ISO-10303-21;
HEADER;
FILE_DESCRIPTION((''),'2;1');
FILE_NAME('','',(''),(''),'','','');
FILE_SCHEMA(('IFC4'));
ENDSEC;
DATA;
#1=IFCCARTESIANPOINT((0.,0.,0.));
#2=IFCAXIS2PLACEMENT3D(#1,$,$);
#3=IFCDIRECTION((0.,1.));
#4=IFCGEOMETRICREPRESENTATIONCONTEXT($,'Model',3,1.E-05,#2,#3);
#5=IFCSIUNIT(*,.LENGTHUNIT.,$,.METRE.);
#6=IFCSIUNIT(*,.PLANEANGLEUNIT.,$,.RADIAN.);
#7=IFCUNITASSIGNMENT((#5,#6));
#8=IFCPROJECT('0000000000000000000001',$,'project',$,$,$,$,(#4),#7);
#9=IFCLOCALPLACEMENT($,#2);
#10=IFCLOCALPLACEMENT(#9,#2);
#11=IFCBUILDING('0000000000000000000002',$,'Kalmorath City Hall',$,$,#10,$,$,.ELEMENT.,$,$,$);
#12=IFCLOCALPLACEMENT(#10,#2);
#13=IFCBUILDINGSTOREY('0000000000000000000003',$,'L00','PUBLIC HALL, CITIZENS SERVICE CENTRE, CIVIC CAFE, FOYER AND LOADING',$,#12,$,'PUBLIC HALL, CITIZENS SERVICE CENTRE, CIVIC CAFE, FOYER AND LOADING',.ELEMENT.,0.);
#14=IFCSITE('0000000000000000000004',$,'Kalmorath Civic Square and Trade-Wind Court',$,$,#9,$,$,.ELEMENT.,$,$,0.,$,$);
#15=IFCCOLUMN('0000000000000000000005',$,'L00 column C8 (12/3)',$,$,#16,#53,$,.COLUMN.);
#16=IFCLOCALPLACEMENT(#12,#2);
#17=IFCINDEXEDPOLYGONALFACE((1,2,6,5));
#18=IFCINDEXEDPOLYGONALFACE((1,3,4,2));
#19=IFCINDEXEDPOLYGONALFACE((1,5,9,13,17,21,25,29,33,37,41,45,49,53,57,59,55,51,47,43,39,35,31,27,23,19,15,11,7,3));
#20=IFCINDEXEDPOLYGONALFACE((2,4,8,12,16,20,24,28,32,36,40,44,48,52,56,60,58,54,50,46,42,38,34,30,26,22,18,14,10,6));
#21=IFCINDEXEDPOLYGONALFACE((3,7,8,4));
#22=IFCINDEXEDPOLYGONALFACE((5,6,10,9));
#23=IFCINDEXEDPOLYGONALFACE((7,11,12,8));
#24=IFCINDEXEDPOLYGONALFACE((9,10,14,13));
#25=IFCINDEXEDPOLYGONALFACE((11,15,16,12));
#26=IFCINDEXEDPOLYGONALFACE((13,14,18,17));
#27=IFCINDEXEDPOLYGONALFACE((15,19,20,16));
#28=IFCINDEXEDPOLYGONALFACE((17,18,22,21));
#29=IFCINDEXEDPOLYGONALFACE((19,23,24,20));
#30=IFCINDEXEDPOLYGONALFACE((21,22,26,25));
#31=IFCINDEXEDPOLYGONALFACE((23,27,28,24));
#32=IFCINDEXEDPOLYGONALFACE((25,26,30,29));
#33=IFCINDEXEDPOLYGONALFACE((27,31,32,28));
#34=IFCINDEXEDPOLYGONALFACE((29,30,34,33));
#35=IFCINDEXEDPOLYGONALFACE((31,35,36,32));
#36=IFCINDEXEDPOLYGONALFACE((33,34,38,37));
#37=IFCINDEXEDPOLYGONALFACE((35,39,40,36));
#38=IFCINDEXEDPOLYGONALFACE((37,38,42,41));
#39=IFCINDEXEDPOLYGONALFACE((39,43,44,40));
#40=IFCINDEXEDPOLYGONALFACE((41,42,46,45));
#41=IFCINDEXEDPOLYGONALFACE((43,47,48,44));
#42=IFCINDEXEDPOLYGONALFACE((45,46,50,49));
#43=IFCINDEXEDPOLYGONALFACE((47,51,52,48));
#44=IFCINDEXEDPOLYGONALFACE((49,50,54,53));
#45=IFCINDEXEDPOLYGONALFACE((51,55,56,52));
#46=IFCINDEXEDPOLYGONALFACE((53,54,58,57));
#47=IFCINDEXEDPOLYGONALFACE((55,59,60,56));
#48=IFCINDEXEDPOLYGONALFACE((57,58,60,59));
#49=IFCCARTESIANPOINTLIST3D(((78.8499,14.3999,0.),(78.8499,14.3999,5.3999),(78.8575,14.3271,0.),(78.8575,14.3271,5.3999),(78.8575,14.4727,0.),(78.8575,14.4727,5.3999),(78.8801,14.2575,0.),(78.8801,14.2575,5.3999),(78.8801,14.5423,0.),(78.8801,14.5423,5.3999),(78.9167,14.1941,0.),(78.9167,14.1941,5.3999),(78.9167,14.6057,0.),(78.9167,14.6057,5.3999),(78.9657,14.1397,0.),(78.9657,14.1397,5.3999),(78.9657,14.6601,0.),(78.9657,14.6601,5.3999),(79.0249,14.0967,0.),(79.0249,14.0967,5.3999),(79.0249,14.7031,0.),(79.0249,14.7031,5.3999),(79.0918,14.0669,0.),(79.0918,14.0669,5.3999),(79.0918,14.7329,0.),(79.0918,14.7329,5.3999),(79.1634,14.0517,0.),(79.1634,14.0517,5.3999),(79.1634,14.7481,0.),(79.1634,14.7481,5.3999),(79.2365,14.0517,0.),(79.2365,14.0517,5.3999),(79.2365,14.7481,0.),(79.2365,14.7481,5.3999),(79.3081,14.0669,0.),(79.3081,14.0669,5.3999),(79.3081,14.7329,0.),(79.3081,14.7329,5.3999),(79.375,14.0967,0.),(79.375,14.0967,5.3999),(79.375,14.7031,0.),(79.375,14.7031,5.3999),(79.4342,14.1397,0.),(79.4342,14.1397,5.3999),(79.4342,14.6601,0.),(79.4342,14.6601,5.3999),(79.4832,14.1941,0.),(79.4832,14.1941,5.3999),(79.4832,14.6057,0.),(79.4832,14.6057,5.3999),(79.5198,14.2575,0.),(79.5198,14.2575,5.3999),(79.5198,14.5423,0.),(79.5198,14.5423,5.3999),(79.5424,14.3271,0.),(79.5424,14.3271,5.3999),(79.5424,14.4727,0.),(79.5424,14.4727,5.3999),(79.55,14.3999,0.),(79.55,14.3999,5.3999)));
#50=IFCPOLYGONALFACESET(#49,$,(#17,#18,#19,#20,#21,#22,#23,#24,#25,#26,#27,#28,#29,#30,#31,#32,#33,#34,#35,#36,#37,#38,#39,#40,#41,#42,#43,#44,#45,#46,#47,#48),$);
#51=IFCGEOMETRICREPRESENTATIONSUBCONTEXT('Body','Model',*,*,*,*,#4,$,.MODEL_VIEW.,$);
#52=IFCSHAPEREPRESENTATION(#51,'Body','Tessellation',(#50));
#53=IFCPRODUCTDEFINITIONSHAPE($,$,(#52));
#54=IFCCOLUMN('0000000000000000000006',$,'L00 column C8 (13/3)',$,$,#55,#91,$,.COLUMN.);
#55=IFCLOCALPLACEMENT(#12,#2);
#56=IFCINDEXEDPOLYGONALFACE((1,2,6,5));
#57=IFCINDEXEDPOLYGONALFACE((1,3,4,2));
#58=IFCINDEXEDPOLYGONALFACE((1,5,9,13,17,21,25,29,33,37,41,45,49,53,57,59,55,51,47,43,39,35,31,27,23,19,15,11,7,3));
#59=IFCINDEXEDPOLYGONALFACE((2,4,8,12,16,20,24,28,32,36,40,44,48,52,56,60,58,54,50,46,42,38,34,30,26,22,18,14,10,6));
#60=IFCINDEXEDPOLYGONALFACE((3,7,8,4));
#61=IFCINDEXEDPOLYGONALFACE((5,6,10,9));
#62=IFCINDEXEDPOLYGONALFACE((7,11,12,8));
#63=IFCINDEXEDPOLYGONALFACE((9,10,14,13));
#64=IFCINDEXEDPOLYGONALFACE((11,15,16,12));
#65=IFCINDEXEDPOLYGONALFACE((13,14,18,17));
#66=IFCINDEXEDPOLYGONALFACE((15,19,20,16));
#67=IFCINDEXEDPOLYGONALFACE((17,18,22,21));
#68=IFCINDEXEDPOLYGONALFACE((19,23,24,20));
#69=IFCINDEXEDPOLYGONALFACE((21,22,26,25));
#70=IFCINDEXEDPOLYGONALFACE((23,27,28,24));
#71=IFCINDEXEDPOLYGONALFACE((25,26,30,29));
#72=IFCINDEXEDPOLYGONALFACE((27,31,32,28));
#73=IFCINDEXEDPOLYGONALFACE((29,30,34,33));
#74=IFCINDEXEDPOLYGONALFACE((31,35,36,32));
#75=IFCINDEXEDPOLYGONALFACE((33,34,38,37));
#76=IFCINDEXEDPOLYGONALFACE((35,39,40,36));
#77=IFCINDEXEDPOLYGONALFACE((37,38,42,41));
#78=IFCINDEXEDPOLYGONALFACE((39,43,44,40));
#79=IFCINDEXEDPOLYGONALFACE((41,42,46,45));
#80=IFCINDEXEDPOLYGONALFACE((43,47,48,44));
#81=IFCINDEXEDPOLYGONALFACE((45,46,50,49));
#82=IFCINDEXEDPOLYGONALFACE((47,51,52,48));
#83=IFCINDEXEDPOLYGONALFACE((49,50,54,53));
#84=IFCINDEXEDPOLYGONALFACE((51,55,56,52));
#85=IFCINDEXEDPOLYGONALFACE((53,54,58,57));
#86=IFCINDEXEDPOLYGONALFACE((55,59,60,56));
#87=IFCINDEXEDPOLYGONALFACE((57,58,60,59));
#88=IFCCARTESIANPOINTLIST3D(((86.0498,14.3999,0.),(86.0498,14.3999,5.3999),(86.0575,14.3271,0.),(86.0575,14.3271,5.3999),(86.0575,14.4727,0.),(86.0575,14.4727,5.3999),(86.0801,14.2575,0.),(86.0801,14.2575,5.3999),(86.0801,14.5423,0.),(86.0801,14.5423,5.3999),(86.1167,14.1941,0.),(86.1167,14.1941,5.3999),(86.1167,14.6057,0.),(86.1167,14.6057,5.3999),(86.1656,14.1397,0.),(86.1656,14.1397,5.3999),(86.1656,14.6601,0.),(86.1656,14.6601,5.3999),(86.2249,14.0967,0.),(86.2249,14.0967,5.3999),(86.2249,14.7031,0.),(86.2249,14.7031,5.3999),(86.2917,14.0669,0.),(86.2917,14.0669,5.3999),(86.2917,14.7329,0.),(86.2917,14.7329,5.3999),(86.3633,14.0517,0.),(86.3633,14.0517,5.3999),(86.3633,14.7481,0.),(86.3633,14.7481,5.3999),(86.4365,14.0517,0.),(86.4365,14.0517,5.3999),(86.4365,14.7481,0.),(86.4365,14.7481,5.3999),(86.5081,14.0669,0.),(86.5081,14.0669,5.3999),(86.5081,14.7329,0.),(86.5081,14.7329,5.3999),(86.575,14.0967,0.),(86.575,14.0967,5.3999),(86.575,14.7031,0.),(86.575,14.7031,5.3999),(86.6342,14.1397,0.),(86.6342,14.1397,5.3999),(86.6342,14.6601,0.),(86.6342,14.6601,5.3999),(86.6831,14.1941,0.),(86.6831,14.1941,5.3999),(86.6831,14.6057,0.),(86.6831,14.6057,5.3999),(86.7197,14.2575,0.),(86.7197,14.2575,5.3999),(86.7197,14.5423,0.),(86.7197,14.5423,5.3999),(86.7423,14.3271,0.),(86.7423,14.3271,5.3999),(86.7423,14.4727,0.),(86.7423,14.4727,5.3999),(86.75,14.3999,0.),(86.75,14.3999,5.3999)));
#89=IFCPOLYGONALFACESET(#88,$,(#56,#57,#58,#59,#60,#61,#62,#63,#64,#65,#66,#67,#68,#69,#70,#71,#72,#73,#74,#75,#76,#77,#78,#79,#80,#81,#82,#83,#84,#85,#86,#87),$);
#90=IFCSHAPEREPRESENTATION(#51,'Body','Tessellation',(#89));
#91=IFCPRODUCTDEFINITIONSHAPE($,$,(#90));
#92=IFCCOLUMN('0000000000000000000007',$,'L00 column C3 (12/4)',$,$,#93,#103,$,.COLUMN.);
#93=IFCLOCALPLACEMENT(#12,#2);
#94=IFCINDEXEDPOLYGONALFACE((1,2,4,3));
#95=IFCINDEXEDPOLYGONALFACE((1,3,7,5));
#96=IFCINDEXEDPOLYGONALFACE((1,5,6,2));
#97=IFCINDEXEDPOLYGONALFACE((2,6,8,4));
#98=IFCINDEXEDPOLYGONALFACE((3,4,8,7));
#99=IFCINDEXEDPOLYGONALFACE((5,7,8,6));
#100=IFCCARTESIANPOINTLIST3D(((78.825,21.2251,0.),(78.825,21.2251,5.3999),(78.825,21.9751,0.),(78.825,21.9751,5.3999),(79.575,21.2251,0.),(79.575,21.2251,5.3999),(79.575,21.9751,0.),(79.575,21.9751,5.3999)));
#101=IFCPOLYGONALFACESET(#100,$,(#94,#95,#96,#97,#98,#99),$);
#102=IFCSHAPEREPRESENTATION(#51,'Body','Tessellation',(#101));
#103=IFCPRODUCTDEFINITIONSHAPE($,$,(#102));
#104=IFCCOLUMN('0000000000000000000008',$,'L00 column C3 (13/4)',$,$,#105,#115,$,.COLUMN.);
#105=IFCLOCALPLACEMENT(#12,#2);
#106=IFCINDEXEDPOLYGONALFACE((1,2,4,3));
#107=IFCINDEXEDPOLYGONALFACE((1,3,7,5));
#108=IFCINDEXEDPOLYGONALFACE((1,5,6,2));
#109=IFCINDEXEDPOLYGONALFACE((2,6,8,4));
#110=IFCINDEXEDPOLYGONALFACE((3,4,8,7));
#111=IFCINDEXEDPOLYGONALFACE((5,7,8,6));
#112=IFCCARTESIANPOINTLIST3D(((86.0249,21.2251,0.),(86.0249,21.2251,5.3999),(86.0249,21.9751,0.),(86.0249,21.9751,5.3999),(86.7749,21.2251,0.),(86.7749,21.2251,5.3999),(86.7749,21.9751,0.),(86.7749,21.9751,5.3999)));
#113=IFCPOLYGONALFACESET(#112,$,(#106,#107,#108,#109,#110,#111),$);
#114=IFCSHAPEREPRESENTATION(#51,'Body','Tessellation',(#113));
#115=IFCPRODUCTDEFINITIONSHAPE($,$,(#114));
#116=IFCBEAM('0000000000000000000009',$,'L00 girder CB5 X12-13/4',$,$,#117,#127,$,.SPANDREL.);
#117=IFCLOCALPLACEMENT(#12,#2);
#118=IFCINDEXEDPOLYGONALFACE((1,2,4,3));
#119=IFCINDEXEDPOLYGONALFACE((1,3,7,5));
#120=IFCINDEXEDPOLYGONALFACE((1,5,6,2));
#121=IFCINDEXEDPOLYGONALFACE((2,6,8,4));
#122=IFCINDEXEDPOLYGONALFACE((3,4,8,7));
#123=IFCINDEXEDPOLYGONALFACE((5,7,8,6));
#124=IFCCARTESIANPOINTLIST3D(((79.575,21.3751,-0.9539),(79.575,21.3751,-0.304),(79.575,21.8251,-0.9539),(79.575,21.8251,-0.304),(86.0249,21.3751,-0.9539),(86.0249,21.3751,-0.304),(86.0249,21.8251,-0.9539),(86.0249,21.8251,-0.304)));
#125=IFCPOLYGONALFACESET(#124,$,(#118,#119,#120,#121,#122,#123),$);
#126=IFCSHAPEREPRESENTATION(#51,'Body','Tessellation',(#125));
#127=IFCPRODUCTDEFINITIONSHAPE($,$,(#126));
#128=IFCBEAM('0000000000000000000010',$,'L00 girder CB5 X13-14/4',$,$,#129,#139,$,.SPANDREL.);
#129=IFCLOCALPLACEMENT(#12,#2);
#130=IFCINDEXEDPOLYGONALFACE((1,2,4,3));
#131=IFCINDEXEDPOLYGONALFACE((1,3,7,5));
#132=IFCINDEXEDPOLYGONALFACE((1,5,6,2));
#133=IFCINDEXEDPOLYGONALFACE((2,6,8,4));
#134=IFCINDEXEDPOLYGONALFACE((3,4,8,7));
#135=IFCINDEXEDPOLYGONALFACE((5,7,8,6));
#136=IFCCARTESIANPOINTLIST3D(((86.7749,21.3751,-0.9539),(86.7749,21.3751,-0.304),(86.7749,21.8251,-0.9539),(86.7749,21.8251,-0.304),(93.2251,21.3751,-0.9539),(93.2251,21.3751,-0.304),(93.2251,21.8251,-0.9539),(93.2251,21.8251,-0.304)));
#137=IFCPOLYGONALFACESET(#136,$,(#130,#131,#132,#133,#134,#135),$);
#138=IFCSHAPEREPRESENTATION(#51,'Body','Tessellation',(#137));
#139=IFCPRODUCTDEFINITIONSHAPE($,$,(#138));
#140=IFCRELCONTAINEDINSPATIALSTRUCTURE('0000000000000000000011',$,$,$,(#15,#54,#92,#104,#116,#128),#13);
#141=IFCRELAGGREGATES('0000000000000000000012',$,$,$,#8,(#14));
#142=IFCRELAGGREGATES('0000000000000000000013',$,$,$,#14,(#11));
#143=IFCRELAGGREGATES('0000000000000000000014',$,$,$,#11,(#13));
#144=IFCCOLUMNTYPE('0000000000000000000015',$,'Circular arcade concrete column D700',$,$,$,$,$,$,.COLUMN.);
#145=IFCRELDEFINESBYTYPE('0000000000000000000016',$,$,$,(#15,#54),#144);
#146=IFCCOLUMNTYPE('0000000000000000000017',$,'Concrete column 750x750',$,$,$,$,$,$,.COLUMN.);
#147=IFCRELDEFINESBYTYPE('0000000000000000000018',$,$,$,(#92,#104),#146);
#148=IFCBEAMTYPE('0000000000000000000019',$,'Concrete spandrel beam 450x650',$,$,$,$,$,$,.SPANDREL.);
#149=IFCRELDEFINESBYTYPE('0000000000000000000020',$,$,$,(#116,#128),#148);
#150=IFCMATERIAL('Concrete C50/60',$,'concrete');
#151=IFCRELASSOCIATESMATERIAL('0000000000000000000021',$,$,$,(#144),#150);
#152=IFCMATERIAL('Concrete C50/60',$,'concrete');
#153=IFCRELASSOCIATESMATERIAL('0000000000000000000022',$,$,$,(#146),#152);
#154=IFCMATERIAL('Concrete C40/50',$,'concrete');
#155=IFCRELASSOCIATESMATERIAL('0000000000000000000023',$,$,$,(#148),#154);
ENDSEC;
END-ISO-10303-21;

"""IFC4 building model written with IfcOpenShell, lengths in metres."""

from ifc_helpers import new_model, si_unit, direction, frame, origin, origin_2d, place, context, subcontext, project, spatial, rectangle, circle, extrude, material, material_profile, profile_set, type_object, element, save


model = new_model("IFC4")

# Units and contexts
model_context = context("Model", 3, precision=1e-05, world=origin(), true_north=direction((0.0, 1.0)))
body_context = subcontext(model_context, "Body", "Model", "MODEL_VIEW")
ifc_project = project(units=[si_unit("LENGTHUNIT", "METRE"), si_unit("PLANEANGLEUNIT", "RADIAN")], contexts=[model_context])

# Site, building, storey
site_placement = place(None, origin())
site = spatial("IfcSite", under=ifc_project, at=site_placement, Name="Kalmorath Civic Square and Trade-Wind Court", CompositionType="ELEMENT", RefElevation=0.0)
building_placement = place(site_placement, origin())
building = spatial("IfcBuilding", under=site, at=building_placement, Name="Kalmorath City Hall", CompositionType="ELEMENT")
storey_placement = place(building_placement, origin())
storey = spatial("IfcBuildingStorey", under=building, at=storey_placement, Name="L00", Description="PUBLIC HALL, CITIZENS SERVICE CENTRE, CIVIC CAFE, FOYER AND LOADING", LongName="PUBLIC HALL, CITIZENS SERVICE CENTRE, CIVIC CAFE, FOYER AND LOADING", CompositionType="ELEMENT", Elevation=0.0)

# Columns
ifc_material_1 = material(Name="Concrete C50/60", Category="concrete")
ifc_material_profile_1 = material_profile(ifc_material_1, circle(Radius=0.3501, at=origin_2d()), Name="RC-COL-D700")
ifc_profile_set_1 = profile_set([ifc_material_profile_1], Name="Concrete C50/60")
column_type_1 = type_object("IfcColumnType", Name="Circular arcade concrete column D700", PredefinedType="COLUMN", material=ifc_profile_set_1)
for number, where, z_axis, x_axis, name in (
    (1, (79.2, 14.3999, 0.0), (0.0, 0.0, 1.0), (1.0, 0.0, 0.0), "L00 column C8 (12/3)"),
    (2, (86.3999, 14.3999, 0.0), (0.0, 0.0, 1.0), (1.0, 0.0, 0.0), "L00 column C8 (13/3)"),
):
    element("IfcColumn", number, at=place(storey_placement, frame(where, z_axis=z_axis, x_axis=x_axis)), inside=storey, type_object=column_type_1, Name=name, PredefinedType="COLUMN", context=body_context, shape_type="SweptSolid", body=[
        extrude(circle(Radius=0.3501, at=origin_2d()), origin(), (0.0, 0.0, 1.0), 5.3999),
    ])
ifc_material_2 = material(Name="Concrete C50/60", Category="concrete")
ifc_material_profile_2 = material_profile(ifc_material_2, rectangle(XDim=0.75, YDim=0.75, at=origin_2d()), Name="RC-COL-750X750")
ifc_profile_set_2 = profile_set([ifc_material_profile_2], Name="Concrete C50/60")
column_type_2 = type_object("IfcColumnType", Name="Concrete column 750x750", PredefinedType="COLUMN", material=ifc_profile_set_2)
for number, where, z_axis, x_axis, name in (
    (3, (79.2, 21.6001, 0.0), (0.0, 0.0, 1.0), (1.0, 0.0, 0.0), "L00 column C3 (12/4)"),
    (4, (86.3999, 21.6001, 0.0), (0.0, 0.0, 1.0), (1.0, 0.0, 0.0), "L00 column C3 (13/4)"),
):
    element("IfcColumn", number, at=place(storey_placement, frame(where, z_axis=z_axis, x_axis=x_axis)), inside=storey, type_object=column_type_2, Name=name, PredefinedType="COLUMN", context=body_context, shape_type="SweptSolid", body=[
        extrude(rectangle(XDim=0.75, YDim=0.75, at=origin_2d()), origin(), (0.0, 0.0, 1.0), 5.3999),
    ])

# Beams
ifc_material_3 = material(Name="Concrete C40/50", Category="concrete")
ifc_material_profile_3 = material_profile(ifc_material_3, rectangle(XDim=0.45, YDim=0.6499, at=origin_2d()), Name="RC-BM-450X650")
ifc_profile_set_3 = profile_set([ifc_material_profile_3], Name="Concrete C40/50")
beam_type = type_object("IfcBeamType", Name="Concrete spandrel beam 450x650", PredefinedType="SPANDREL", material=ifc_profile_set_3)
beam_1_placement = place(storey_placement, frame((79.575, 21.6001, -0.6289), z_axis=(1.0, 0.0, 0.0), x_axis=(0.0, 1.0, 0.0)))
element("IfcBeam", 5, at=beam_1_placement, inside=storey, type_object=beam_type, Name="L00 girder CB5 X12-13/4", PredefinedType="SPANDREL", context=body_context, shape_type="SweptSolid", body=[
    extrude(rectangle(XDim=0.45, YDim=0.6499, at=origin_2d()), origin(), (0.0, 0.0, 1.0), 6.45),
])
beam_2_placement = place(storey_placement, frame((86.7749, 21.6001, -0.6289), z_axis=(1.0, 0.0, 0.0), x_axis=(0.0, 1.0, 0.0)))
element("IfcBeam", 6, at=beam_2_placement, inside=storey, type_object=beam_type, Name="L00 girder CB5 X13-14/4", PredefinedType="SPANDREL", context=body_context, shape_type="SweptSolid", body=[
    extrude(rectangle(XDim=0.45, YDim=0.6499, at=origin_2d()), origin(), (0.0, 0.0, 1.0), 6.4502),
])

save(model, "model.ifc")
